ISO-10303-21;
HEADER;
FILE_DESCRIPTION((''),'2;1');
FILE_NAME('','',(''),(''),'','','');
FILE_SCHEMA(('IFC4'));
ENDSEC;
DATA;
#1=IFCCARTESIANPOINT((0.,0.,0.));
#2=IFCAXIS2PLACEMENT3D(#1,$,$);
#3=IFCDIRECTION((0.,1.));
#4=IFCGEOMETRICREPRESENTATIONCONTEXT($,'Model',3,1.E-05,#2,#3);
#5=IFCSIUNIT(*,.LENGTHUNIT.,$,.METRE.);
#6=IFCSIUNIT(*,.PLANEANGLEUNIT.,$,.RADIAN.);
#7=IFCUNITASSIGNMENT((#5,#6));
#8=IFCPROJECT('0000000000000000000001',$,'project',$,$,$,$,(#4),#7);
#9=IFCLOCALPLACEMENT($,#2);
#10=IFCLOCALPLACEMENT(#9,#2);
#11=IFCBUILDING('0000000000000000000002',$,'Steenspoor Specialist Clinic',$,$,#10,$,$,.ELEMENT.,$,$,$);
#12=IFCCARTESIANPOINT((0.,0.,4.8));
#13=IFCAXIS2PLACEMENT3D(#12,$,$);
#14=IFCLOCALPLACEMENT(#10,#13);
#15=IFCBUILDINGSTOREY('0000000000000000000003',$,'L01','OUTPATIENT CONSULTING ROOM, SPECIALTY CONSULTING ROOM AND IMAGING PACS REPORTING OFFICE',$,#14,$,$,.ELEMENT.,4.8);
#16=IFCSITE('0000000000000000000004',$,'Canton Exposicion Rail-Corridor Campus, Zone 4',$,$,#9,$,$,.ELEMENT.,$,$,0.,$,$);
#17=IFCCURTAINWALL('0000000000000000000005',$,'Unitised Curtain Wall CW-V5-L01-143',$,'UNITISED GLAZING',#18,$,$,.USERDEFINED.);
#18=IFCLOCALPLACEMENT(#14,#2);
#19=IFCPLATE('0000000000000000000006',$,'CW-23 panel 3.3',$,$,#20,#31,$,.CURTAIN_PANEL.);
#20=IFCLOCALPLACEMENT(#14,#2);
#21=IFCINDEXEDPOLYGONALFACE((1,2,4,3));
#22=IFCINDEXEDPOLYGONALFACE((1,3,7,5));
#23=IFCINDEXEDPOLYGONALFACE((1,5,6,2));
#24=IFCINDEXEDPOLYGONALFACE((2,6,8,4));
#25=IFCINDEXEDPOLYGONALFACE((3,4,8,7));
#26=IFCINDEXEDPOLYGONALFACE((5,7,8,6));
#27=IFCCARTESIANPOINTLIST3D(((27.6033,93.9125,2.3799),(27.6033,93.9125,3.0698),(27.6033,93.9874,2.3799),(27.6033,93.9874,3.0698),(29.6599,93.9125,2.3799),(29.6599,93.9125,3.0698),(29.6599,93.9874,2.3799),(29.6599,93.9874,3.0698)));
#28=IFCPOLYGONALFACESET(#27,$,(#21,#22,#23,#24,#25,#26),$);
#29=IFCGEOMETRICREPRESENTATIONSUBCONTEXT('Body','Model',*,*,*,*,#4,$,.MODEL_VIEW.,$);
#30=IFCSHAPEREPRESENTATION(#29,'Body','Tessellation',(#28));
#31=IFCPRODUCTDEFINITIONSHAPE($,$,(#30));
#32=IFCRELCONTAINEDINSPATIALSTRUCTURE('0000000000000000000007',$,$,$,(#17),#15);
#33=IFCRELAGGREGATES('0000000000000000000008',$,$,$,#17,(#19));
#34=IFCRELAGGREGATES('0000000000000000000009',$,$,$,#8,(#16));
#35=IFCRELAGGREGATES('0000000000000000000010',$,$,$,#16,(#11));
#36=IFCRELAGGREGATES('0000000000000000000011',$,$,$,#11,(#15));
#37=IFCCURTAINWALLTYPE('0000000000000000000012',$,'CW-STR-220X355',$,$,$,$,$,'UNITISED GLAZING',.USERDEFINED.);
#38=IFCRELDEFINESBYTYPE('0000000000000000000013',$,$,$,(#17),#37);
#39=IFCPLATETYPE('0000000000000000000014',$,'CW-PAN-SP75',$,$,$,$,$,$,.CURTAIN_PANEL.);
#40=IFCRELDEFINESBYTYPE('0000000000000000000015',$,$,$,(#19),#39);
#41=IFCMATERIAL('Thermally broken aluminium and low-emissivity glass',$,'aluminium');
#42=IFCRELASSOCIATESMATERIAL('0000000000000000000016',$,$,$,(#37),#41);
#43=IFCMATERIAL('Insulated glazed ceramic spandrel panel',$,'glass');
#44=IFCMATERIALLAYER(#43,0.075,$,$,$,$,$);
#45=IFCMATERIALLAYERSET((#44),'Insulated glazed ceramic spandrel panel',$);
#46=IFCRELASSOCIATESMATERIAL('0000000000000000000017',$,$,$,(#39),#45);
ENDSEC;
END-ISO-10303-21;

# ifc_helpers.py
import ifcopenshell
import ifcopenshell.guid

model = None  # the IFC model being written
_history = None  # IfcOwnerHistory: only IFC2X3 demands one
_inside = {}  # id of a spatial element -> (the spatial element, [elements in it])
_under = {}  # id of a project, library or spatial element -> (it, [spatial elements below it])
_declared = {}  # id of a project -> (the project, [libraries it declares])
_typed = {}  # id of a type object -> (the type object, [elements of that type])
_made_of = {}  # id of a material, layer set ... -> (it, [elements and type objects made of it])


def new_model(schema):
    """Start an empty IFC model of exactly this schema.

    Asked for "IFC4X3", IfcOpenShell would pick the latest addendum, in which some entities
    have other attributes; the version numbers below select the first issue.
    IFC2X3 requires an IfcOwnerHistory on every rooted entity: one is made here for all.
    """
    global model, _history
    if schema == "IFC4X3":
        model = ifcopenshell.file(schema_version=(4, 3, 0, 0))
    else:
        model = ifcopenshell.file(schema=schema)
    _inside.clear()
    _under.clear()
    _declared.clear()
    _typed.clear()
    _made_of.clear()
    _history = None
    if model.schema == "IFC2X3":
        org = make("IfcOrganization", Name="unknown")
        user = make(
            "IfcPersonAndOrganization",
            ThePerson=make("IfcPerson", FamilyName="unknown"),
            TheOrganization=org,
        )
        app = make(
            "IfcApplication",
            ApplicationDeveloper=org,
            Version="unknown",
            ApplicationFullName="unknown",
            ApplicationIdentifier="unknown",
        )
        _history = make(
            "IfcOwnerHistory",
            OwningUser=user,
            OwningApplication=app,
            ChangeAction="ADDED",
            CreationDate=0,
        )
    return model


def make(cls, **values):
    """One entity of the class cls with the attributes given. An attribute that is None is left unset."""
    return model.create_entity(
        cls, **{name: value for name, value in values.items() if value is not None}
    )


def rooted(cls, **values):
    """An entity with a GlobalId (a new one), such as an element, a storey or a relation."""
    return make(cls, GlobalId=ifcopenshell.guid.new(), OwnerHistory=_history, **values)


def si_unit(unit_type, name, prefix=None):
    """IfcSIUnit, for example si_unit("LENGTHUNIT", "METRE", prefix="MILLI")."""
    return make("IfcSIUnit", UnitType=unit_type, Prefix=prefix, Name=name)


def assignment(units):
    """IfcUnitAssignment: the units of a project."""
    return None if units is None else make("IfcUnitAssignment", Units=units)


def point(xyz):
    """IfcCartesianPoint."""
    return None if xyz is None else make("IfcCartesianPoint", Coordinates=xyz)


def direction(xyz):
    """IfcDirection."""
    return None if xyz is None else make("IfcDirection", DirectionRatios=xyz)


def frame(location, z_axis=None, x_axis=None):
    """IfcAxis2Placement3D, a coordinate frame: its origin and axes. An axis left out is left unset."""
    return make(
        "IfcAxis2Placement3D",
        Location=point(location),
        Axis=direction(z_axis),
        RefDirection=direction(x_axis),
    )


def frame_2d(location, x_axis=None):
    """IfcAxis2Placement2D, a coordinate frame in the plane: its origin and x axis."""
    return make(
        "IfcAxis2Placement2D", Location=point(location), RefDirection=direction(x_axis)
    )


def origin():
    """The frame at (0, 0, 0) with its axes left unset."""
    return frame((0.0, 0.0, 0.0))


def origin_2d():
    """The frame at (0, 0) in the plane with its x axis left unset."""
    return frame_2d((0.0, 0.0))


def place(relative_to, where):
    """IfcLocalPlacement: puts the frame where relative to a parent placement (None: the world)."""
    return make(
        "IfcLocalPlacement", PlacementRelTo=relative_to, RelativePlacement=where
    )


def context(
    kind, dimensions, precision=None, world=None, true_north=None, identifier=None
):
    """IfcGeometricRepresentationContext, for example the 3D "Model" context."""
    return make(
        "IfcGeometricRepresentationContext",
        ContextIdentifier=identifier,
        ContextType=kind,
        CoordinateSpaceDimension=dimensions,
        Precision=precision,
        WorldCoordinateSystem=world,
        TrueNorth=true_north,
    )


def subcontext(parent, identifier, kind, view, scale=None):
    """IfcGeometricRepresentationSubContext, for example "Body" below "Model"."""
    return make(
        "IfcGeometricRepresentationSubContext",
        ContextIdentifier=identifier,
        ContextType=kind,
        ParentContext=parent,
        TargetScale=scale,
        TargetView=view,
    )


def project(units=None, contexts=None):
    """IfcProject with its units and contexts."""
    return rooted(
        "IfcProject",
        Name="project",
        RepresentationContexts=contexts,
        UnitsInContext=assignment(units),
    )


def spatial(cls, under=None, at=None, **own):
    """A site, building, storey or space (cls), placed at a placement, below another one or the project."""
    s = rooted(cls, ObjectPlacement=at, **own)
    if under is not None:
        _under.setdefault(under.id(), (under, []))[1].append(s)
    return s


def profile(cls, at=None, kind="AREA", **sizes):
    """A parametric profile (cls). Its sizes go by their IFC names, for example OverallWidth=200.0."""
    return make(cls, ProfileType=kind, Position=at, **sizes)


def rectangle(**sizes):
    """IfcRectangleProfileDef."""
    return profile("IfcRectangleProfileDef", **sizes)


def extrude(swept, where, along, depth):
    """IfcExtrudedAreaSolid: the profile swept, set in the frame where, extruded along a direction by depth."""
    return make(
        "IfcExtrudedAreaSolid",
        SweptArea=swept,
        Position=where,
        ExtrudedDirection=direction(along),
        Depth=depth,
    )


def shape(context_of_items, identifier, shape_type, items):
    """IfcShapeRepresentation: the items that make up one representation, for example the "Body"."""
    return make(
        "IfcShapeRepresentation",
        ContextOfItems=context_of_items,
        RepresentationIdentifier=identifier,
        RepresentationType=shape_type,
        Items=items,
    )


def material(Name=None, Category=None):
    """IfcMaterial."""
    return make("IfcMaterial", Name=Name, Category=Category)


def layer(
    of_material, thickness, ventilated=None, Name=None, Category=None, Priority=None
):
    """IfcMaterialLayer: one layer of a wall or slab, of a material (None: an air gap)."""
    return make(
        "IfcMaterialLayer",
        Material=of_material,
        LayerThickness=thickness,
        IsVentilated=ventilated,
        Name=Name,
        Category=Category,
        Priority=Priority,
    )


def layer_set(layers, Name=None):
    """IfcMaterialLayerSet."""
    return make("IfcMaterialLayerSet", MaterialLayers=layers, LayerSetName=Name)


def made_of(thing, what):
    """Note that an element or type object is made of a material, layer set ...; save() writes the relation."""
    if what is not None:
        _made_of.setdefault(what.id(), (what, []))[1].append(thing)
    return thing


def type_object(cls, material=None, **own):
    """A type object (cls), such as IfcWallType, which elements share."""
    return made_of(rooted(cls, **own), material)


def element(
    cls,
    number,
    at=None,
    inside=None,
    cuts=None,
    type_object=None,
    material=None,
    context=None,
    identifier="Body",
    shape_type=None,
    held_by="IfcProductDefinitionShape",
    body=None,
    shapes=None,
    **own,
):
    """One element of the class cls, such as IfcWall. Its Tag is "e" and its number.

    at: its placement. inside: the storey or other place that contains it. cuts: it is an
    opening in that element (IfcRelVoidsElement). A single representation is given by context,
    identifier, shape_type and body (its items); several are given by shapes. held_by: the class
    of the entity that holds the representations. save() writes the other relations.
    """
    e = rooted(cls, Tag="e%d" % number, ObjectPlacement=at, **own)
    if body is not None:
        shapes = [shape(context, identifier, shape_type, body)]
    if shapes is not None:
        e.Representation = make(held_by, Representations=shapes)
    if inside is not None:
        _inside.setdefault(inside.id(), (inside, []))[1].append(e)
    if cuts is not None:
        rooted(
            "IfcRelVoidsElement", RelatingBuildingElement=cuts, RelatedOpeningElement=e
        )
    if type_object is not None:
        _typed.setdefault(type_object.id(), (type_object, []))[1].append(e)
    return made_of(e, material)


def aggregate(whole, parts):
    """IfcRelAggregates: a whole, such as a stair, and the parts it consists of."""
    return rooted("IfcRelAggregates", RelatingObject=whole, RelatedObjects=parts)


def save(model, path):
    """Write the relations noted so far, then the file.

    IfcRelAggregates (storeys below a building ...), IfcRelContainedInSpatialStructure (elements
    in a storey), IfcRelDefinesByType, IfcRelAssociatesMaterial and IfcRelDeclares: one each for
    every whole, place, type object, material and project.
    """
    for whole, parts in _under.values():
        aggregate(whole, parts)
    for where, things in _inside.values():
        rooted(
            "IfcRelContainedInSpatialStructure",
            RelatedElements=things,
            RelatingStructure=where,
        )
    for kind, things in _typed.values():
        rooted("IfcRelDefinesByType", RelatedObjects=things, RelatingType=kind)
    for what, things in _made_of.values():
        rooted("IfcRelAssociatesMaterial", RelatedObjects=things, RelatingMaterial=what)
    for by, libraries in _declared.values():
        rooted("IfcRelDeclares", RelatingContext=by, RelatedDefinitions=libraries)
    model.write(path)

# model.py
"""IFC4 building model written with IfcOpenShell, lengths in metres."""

from ifc_helpers import new_model, si_unit, direction, frame, origin, origin_2d, place, context, subcontext, project, spatial, rectangle, extrude, material, layer, layer_set, type_object, element, aggregate, save


model = new_model("IFC4")

# Units and contexts
model_context = context("Model", 3, precision=1e-05, world=origin(), true_north=direction((0.0, 1.0)))
body_context = subcontext(model_context, "Body", "Model", "MODEL_VIEW")
ifc_project = project(units=[si_unit("LENGTHUNIT", "METRE"), si_unit("PLANEANGLEUNIT", "RADIAN")], contexts=[model_context])

# Site, building, storey
site_placement = place(None, origin())
site = spatial("IfcSite", under=ifc_project, at=site_placement, Name="Canton Exposicion Rail-Corridor Campus, Zone 4", CompositionType="ELEMENT", RefElevation=0.0)
building_placement = place(site_placement, origin())
building = spatial("IfcBuilding", under=site, at=building_placement, Name="Steenspoor Specialist Clinic", CompositionType="ELEMENT")
storey_placement = place(building_placement, frame((0.0, 0.0, 4.8)))
storey = spatial("IfcBuildingStorey", under=building, at=storey_placement, Name="L01", Description="OUTPATIENT CONSULTING ROOM, SPECIALTY CONSULTING ROOM AND IMAGING PACS REPORTING OFFICE", CompositionType="ELEMENT", Elevation=4.8)

# Curtain wall
ifc_material_1 = material(Name="Thermally broken aluminium and low-emissivity glass", Category="aluminium")
curtain_wall_type = type_object("IfcCurtainWallType", Name="CW-STR-220X355", ElementType="UNITISED GLAZING", PredefinedType="USERDEFINED", material=ifc_material_1)
curtain_wall_placement = place(storey_placement, origin())
curtain_wall = element("IfcCurtainWall", 1, at=curtain_wall_placement, inside=storey, type_object=curtain_wall_type, Name="Unitised Curtain Wall CW-V5-L01-143", ObjectType="UNITISED GLAZING", PredefinedType="USERDEFINED")

# Plate
ifc_material_2 = material(Name="Insulated glazed ceramic spandrel panel", Category="glass")
ifc_layer = layer(ifc_material_2, 0.075)
ifc_layer_set = layer_set([ifc_layer], Name="Insulated glazed ceramic spandrel panel")
plate_type = type_object("IfcPlateType", Name="CW-PAN-SP75", PredefinedType="CURTAIN_PANEL", material=ifc_layer_set)
plate_1_placement = place(storey_placement, frame((28.6316, 93.95, 2.3799), z_axis=(0.0, 0.0, 1.0), x_axis=(1.0, 0.0, 0.0)))
plate_1 = element("IfcPlate", 2, at=plate_1_placement, type_object=plate_type, Name="CW-23 panel 3.3", PredefinedType="CURTAIN_PANEL", context=body_context, shape_type="SweptSolid", body=[
    extrude(rectangle(XDim=2.0566, YDim=0.075, at=origin_2d()), origin(), (0.0, 0.0, 1.0), 0.6899),
])
aggregate(curtain_wall, [plate_1])

save(model, "model.ifc")
